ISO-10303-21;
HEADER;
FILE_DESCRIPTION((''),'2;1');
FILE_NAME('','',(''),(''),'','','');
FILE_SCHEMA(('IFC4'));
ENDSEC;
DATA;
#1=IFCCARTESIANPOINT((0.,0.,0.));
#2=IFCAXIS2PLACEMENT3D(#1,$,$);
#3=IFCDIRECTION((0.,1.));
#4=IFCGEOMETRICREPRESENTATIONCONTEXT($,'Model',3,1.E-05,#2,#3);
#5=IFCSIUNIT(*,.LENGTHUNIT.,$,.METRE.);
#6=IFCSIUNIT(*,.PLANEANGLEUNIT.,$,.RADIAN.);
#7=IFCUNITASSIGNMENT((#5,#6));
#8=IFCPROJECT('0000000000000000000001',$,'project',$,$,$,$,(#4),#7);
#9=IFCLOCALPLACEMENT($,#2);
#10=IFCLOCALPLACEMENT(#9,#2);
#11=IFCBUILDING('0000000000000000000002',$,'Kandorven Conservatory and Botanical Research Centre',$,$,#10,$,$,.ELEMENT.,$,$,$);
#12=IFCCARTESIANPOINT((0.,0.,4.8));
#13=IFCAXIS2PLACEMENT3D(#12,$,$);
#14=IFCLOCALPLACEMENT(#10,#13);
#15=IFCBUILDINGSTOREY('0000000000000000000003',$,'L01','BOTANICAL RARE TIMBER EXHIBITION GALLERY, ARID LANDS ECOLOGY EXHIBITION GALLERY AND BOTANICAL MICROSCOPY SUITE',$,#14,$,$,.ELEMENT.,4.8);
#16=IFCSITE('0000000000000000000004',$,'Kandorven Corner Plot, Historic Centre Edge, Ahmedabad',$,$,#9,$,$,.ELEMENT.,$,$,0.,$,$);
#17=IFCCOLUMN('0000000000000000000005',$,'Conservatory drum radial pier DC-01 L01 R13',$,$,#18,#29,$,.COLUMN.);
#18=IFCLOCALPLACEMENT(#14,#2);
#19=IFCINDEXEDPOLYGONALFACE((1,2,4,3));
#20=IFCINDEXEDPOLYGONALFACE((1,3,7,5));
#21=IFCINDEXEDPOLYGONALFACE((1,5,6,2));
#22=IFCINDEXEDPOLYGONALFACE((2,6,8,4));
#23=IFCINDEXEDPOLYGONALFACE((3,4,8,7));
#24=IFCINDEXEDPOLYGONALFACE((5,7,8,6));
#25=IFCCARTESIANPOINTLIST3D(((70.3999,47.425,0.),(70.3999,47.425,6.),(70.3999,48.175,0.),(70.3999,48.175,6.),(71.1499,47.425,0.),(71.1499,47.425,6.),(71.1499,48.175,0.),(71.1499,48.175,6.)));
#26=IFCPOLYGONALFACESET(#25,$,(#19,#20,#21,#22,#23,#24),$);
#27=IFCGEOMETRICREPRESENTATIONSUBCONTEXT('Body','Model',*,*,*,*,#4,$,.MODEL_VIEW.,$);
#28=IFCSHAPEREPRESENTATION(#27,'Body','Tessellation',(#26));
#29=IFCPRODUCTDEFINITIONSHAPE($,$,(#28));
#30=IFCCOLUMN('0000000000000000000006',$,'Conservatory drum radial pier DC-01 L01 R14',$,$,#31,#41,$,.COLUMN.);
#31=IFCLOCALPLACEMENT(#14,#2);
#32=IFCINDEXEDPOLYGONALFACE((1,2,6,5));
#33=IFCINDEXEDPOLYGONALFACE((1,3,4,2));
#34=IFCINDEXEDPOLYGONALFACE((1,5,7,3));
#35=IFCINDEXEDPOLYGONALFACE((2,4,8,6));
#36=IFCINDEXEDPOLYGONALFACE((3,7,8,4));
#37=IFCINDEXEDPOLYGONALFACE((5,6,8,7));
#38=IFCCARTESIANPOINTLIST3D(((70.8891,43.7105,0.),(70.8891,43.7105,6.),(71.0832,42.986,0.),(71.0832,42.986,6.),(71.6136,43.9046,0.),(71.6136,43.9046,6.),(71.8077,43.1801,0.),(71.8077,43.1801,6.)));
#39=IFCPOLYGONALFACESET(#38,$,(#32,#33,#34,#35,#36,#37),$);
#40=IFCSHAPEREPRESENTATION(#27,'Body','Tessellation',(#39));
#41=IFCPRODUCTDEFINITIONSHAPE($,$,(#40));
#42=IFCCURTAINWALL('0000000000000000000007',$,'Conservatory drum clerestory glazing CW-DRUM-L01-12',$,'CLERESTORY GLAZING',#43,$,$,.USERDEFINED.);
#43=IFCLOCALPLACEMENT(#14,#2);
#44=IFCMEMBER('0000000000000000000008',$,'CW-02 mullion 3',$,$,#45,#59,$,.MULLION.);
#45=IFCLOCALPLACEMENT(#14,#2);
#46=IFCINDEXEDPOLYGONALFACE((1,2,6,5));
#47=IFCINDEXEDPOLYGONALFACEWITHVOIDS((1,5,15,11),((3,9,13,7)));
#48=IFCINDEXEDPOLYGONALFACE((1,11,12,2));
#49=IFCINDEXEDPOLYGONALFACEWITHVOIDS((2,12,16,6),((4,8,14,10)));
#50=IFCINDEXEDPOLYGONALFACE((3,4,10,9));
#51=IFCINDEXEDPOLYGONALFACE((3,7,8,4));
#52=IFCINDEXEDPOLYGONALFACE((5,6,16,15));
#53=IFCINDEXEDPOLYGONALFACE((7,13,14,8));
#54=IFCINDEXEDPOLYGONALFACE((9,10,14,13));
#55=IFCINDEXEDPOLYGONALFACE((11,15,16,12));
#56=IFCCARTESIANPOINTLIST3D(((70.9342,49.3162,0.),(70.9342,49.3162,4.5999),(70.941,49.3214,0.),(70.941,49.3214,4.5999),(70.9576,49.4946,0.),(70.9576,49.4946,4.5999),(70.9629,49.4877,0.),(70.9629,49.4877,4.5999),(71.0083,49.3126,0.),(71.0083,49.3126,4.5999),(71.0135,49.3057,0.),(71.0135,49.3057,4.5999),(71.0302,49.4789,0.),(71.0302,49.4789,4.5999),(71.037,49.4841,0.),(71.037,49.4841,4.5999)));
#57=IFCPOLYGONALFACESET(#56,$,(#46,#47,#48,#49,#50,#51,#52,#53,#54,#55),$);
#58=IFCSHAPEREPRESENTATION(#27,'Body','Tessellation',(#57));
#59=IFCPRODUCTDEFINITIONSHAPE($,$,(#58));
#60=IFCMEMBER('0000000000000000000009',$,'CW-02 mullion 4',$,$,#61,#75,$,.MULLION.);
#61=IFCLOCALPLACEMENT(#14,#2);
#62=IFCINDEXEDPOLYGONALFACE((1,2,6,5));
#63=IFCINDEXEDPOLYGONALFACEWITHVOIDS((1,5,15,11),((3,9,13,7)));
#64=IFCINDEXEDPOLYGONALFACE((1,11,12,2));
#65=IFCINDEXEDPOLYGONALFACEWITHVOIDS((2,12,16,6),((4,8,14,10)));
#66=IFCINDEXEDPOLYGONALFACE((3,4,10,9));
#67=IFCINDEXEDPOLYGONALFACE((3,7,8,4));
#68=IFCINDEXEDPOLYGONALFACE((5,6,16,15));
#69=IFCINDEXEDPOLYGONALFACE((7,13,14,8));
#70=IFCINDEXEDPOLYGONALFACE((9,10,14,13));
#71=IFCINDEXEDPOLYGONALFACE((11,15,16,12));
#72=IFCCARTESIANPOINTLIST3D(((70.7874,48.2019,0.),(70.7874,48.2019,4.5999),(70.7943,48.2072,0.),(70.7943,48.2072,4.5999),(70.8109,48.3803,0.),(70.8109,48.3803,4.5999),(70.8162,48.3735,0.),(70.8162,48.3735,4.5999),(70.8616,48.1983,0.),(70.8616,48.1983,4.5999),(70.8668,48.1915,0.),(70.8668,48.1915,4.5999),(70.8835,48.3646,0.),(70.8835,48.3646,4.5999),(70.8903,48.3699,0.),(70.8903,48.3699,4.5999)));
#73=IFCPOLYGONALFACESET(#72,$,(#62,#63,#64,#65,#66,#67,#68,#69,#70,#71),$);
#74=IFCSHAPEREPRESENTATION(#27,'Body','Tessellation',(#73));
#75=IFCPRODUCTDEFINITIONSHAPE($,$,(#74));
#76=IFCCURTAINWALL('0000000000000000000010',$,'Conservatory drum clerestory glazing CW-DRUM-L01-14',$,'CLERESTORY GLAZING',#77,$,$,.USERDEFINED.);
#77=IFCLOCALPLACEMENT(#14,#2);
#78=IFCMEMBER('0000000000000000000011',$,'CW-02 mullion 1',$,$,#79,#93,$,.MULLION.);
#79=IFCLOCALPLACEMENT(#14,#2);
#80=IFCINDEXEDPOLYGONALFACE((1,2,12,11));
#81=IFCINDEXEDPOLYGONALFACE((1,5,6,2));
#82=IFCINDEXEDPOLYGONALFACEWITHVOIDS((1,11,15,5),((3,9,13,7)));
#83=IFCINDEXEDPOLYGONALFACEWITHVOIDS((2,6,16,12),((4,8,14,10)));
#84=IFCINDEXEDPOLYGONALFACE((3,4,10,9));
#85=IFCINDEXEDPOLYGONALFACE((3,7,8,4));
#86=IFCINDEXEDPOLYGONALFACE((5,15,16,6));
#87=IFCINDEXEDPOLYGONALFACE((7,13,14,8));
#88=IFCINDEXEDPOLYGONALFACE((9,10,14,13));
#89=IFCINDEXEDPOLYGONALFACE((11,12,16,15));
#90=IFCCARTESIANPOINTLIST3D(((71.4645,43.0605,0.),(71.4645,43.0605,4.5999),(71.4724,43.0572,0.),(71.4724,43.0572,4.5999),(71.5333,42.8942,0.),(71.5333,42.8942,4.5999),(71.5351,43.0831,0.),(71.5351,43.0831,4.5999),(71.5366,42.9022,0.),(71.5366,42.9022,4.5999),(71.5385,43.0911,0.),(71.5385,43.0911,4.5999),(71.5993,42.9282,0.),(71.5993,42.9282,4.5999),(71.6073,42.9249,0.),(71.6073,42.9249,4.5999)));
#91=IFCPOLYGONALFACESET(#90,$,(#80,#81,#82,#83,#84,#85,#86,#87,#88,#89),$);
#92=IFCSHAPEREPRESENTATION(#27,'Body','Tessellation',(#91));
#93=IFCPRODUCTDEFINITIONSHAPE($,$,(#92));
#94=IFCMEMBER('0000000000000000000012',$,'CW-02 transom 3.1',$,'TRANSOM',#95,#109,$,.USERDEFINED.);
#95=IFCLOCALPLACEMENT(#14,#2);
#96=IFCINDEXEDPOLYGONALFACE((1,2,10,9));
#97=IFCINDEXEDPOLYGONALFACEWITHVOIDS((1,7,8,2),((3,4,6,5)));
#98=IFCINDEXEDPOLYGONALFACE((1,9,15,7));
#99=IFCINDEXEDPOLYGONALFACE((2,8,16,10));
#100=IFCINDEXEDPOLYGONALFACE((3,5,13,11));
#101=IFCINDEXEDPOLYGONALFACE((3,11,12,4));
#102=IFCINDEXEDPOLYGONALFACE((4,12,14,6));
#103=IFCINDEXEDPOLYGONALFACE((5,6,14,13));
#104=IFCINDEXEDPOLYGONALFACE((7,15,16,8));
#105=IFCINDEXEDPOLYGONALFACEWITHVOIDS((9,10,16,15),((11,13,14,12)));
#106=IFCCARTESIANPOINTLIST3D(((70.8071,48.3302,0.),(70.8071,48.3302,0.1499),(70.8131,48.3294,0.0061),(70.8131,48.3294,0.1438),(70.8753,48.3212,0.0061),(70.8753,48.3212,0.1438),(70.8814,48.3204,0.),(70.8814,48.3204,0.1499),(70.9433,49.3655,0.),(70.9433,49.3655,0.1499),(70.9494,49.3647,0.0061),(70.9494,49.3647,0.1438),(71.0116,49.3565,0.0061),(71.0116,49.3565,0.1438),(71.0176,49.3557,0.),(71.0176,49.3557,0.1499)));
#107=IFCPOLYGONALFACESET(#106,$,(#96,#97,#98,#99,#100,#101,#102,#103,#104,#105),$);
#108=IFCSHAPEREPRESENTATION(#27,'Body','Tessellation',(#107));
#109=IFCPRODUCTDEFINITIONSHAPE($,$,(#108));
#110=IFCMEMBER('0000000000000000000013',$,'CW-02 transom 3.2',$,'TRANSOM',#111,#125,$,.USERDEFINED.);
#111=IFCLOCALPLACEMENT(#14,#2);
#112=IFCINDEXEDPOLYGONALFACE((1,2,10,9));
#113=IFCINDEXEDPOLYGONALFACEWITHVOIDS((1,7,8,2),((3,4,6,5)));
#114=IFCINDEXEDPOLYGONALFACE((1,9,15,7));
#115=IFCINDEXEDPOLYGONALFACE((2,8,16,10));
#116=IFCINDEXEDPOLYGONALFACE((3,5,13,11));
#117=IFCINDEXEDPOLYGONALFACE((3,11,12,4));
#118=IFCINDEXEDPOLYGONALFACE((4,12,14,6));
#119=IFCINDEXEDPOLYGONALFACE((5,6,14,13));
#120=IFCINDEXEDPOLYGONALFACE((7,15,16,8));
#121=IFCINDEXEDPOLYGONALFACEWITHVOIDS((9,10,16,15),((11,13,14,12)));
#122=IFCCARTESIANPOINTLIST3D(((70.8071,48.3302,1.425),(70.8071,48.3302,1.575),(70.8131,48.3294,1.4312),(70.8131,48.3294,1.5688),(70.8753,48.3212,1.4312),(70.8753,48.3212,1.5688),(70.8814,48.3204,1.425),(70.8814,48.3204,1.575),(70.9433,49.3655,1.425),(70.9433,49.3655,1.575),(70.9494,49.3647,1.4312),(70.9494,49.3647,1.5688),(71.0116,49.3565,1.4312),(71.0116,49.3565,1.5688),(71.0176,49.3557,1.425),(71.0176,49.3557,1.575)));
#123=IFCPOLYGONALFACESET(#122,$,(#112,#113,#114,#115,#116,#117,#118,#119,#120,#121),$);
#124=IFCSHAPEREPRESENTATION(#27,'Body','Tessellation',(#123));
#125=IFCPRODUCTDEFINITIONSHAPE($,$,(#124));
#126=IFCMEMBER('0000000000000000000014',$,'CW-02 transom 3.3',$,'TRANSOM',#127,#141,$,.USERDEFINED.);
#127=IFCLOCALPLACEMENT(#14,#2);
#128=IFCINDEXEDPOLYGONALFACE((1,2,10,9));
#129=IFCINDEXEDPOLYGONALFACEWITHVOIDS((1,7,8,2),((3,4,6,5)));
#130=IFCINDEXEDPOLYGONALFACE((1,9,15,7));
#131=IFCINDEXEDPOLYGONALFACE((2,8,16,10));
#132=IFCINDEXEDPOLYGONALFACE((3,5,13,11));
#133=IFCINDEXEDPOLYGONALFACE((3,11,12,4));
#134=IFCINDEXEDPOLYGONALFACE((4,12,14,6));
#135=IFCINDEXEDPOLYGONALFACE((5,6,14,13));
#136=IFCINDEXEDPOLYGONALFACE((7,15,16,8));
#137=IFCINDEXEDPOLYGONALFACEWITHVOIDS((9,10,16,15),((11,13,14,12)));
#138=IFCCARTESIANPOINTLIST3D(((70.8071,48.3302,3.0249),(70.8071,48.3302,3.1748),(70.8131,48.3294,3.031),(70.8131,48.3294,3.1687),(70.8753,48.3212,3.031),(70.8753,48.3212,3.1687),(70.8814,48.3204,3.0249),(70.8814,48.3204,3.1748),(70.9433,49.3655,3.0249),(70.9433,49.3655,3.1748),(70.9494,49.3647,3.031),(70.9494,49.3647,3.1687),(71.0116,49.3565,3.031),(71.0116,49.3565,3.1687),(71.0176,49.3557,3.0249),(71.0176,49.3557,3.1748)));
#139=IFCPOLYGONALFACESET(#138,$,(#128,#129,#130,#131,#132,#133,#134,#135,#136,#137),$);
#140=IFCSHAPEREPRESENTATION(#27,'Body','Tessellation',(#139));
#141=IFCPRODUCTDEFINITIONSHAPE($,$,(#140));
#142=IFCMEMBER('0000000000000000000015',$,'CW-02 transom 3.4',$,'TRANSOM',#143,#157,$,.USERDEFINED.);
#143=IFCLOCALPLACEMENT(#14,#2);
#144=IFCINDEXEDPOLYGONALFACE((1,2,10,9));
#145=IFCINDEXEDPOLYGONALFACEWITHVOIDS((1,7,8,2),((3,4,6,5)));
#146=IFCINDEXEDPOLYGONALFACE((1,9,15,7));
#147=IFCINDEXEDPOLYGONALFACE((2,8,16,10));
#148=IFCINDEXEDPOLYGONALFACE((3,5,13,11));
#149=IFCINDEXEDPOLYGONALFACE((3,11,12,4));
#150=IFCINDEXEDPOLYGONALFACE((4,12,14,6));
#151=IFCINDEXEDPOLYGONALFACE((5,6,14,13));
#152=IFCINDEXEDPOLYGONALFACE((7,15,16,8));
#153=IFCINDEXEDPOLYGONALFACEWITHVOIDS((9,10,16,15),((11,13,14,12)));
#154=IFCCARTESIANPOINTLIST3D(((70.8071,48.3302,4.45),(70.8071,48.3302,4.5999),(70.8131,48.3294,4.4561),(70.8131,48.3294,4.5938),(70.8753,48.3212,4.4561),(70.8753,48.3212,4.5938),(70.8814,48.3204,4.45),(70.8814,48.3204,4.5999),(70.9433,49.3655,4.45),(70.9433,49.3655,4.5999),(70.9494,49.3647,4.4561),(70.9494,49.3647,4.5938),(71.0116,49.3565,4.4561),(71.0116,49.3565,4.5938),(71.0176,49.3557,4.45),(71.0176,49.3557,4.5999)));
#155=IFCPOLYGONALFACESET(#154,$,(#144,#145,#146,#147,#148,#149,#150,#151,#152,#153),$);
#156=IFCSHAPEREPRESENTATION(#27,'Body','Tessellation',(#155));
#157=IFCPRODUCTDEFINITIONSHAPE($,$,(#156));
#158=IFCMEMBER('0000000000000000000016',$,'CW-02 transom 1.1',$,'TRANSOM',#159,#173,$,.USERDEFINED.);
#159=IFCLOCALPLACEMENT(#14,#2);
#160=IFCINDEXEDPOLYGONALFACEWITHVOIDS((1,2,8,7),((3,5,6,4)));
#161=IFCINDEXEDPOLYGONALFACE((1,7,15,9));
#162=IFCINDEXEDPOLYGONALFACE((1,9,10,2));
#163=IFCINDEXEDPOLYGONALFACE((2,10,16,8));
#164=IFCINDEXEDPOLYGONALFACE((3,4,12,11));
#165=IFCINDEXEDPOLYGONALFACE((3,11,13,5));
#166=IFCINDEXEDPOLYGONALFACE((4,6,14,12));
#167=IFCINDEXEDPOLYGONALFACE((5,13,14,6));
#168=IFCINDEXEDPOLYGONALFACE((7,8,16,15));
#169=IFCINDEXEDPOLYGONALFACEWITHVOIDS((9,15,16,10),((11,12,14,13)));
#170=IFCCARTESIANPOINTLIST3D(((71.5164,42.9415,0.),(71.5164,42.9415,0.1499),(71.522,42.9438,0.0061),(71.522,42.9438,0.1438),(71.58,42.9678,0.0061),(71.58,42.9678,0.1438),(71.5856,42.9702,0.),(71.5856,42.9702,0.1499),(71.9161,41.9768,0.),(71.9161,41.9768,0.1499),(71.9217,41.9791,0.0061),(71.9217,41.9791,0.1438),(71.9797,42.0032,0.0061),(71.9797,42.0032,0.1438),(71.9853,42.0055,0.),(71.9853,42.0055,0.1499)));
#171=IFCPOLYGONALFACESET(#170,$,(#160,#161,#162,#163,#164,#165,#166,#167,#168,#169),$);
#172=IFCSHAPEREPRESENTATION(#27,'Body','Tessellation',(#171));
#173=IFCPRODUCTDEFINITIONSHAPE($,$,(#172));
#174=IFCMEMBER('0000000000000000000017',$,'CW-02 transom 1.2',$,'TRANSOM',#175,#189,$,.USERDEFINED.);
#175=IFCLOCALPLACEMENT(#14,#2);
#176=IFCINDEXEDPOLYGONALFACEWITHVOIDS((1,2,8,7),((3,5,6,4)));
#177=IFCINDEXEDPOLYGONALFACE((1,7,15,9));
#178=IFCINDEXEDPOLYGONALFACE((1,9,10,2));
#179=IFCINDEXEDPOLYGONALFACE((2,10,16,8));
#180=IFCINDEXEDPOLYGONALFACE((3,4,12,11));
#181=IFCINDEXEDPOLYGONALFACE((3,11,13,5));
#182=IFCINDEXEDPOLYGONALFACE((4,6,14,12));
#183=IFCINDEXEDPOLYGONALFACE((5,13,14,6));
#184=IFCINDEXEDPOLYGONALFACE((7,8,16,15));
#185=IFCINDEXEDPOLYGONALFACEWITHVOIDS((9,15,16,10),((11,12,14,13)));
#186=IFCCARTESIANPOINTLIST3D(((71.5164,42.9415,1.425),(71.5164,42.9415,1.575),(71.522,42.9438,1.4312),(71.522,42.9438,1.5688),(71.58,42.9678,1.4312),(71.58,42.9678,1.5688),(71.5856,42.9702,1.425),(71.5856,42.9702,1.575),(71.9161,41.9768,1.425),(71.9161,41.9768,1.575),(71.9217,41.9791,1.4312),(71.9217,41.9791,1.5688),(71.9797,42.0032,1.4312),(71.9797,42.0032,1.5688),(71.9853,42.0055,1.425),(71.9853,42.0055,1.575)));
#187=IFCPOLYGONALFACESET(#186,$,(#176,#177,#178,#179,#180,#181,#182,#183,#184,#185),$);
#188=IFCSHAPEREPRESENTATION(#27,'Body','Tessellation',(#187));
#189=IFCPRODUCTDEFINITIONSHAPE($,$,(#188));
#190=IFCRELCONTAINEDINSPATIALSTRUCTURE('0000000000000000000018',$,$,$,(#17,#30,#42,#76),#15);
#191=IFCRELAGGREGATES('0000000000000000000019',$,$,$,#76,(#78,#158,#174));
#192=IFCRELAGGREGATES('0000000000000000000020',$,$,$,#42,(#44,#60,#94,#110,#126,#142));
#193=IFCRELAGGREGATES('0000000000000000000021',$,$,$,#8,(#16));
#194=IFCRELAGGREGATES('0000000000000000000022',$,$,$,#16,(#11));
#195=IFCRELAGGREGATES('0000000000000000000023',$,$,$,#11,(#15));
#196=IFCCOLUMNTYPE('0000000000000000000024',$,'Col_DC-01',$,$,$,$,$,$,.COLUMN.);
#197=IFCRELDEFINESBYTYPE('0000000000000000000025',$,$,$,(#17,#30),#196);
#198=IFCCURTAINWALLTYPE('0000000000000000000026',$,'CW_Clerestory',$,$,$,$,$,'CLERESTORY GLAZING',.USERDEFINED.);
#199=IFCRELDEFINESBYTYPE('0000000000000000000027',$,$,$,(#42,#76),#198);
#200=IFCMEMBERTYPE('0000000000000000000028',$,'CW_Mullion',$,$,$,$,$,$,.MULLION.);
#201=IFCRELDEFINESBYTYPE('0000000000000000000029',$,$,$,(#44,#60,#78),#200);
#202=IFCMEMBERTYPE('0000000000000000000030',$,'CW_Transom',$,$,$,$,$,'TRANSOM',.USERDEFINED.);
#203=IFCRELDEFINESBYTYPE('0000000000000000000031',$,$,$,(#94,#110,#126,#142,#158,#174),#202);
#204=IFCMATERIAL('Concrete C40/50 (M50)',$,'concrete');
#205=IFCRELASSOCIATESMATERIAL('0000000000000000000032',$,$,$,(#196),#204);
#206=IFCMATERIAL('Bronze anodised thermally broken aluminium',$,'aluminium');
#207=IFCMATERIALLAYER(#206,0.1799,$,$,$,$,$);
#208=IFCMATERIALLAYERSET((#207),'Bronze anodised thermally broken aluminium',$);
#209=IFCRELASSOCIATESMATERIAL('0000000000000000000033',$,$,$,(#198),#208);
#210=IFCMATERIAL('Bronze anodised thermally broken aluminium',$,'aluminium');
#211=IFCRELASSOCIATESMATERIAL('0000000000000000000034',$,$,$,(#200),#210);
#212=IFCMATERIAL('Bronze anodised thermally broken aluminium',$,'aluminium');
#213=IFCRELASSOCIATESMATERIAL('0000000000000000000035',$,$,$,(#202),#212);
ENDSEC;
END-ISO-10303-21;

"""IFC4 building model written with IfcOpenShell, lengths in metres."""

from ifc_helpers import new_model, si_unit, direction, frame, origin, origin_2d, place, context, subcontext, project, spatial, rectangle, hollow_rectangle, extrude, material, layer, layer_set, material_profile, profile_set, type_object, element, aggregate, save


model = new_model("IFC4")

# Units and contexts
model_context = context("Model", 3, precision=1e-05, world=origin(), true_north=direction((0.0, 1.0)))
body_context = subcontext(model_context, "Body", "Model", "MODEL_VIEW")
ifc_project = project(units=[si_unit("LENGTHUNIT", "METRE"), si_unit("PLANEANGLEUNIT", "RADIAN")], contexts=[model_context])

# Site, building, storey
site_placement = place(None, origin())
site = spatial("IfcSite", under=ifc_project, at=site_placement, Name="Kandorven Corner Plot, Historic Centre Edge, Ahmedabad", CompositionType="ELEMENT", RefElevation=0.0)
building_placement = place(site_placement, origin())
building = spatial("IfcBuilding", under=site, at=building_placement, Name="Kandorven Conservatory and Botanical Research Centre", CompositionType="ELEMENT")
storey_placement = place(building_placement, frame((0.0, 0.0, 4.8)))
storey = spatial("IfcBuildingStorey", under=building, at=storey_placement, Name="L01", Description="BOTANICAL RARE TIMBER EXHIBITION GALLERY, ARID LANDS ECOLOGY EXHIBITION GALLERY AND BOTANICAL MICROSCOPY SUITE", CompositionType="ELEMENT", Elevation=4.8)

# Columns
ifc_material_1 = material(Name="Concrete C40/50 (M50)", Category="concrete")
ifc_material_profile_1 = material_profile(ifc_material_1, rectangle(XDim=0.75, YDim=0.75, at=origin_2d()))
ifc_profile_set_1 = profile_set([ifc_material_profile_1], Name="Concrete C40/50 (M50)")
column_type = type_object("IfcColumnType", Name="Col_DC-01", PredefinedType="COLUMN", material=ifc_profile_set_1)
for number, where, z_axis, x_axis, name in (
    (1, (70.7749, 47.8, 0.0), (0.0, 0.0, 1.0), (-1.0, 0.0, 0.0), "Conservatory drum radial pier DC-01 L01 R13"),
    (2, (71.3484, 43.4453, 0.0), (0.0, 0.0, 1.0), (-0.965926, -0.258819, 0.0), "Conservatory drum radial pier DC-01 L01 R14"),
):
    element("IfcColumn", number, at=place(storey_placement, frame(where, z_axis=z_axis, x_axis=x_axis)), inside=storey, type_object=column_type, Name=name, PredefinedType="COLUMN", context=body_context, shape_type="SweptSolid", body=[
        extrude(rectangle(XDim=0.75, YDim=0.75, at=origin_2d()), origin(), (0.0, 0.0, 1.0), 6.0),
    ])

# Curtain wall, members
ifc_material_2 = material(Name="Bronze anodised thermally broken aluminium", Category="aluminium")
ifc_layer_1 = layer(ifc_material_2, 0.1799)
ifc_layer_set_1 = layer_set([ifc_layer_1], Name="Bronze anodised thermally broken aluminium")
curtain_wall_type = type_object("IfcCurtainWallType", Name="CW_Clerestory", ElementType="CLERESTORY GLAZING", PredefinedType="USERDEFINED", material=ifc_layer_set_1)
curtain_wall_1_placement = place(storey_placement, origin())
curtain_wall_1 = element("IfcCurtainWall", 3, at=curtain_wall_1_placement, inside=storey, type_object=curtain_wall_type, Name="Conservatory drum clerestory glazing CW-DRUM-L01-12", ObjectType="CLERESTORY GLAZING", PredefinedType="USERDEFINED")
ifc_material_3 = material(Name="Bronze anodised thermally broken aluminium", Category="aluminium")
ifc_material_profile_2 = material_profile(ifc_material_3, hollow_rectangle(XDim=0.0801, YDim=0.1799, WallThickness=0.0061, at=origin_2d()))
ifc_profile_set_2 = profile_set([ifc_material_profile_2], Name="Bronze anodised thermally broken aluminium")
member_type_1 = type_object("IfcMemberType", Name="CW_Mullion", PredefinedType="MULLION", material=ifc_profile_set_2)
member_1_placement = place(storey_placement, frame((70.9856, 49.4001, 0.0), z_axis=(0.0, 0.0, 1.0), x_axis=(0.991441, -0.130552, 0.0)))
member_1 = element("IfcMember", 4, at=member_1_placement, type_object=member_type_1, Name="CW-02 mullion 3", PredefinedType="MULLION", context=body_context, shape_type="SweptSolid", body=[
    extrude(hollow_rectangle(XDim=0.0801, YDim=0.1799, WallThickness=0.0061, at=origin_2d()), origin(), (0.0, 0.0, 1.0), 4.5999),
])
member_2_placement = place(storey_placement, frame((70.8389, 48.2859, 0.0), z_axis=(0.0, 0.0, 1.0), x_axis=(0.991441, -0.130552, 0.0)))
member_2 = element("IfcMember", 5, at=member_2_placement, type_object=member_type_1, Name="CW-02 mullion 4", PredefinedType="MULLION", context=body_context, shape_type="SweptSolid", body=[
    extrude(hollow_rectangle(XDim=0.0801, YDim=0.1799, WallThickness=0.0061, at=origin_2d()), origin(), (0.0, 0.0, 1.0), 4.5999),
])

# Curtain wall, member
curtain_wall_2_placement = place(storey_placement, origin())
curtain_wall_2 = element("IfcCurtainWall", 6, at=curtain_wall_2_placement, inside=storey, type_object=curtain_wall_type, Name="Conservatory drum clerestory glazing CW-DRUM-L01-14", ObjectType="CLERESTORY GLAZING", PredefinedType="USERDEFINED")
member_3_placement = place(storey_placement, frame((71.5359, 42.9927, 0.0), z_axis=(0.0, 0.0, 1.0), x_axis=(0.923886, 0.382669, 0.0)))
member_3 = element("IfcMember", 7, at=member_3_placement, type_object=member_type_1, Name="CW-02 mullion 1", PredefinedType="MULLION", context=body_context, shape_type="SweptSolid", body=[
    extrude(hollow_rectangle(XDim=0.0801, YDim=0.1799, WallThickness=0.0061, at=origin_2d()), origin(), (0.0, 0.0, 1.0), 4.5999),
])

# Members
ifc_material_4 = material(Name="Bronze anodised thermally broken aluminium", Category="aluminium")
ifc_material_profile_3 = material_profile(ifc_material_4, hollow_rectangle(XDim=0.075, YDim=0.1499, WallThickness=0.0061, at=origin_2d()))
ifc_profile_set_3 = profile_set([ifc_material_profile_3], Name="Bronze anodised thermally broken aluminium")
member_type_2 = type_object("IfcMemberType", Name="CW_Transom", ElementType="TRANSOM", PredefinedType="USERDEFINED", material=ifc_profile_set_3)
member_4_placement = place(storey_placement, frame((70.9805, 49.3606, 0.075), z_axis=(-0.130479, -0.991451, 0.0), x_axis=(0.991451, -0.130479, 0.0)))
member_4 = element("IfcMember", 8, at=member_4_placement, type_object=member_type_2, Name="CW-02 transom 3.1", ObjectType="TRANSOM", PredefinedType="USERDEFINED", context=body_context, shape_type="SweptSolid", body=[
    extrude(hollow_rectangle(XDim=0.075, YDim=0.1499, WallThickness=0.0061, at=origin_2d()), origin(), (0.0, 0.0, 1.0), 1.0442),
])
member_5_placement = place(storey_placement, frame((70.9805, 49.3606, 1.5), z_axis=(-0.130479, -0.991451, 0.0), x_axis=(0.991451, -0.130479, 0.0)))
member_5 = element("IfcMember", 9, at=member_5_placement, type_object=member_type_2, Name="CW-02 transom 3.2", ObjectType="TRANSOM", PredefinedType="USERDEFINED", context=body_context, shape_type="SweptSolid", body=[
    extrude(hollow_rectangle(XDim=0.075, YDim=0.1499, WallThickness=0.0061, at=origin_2d()), origin(), (0.0, 0.0, 1.0), 1.0442),
])
member_6_placement = place(storey_placement, frame((70.9805, 49.3606, 3.0999), z_axis=(-0.130479, -0.991451, 0.0), x_axis=(0.991451, -0.130479, 0.0)))
member_6 = element("IfcMember", 10, at=member_6_placement, type_object=member_type_2, Name="CW-02 transom 3.3", ObjectType="TRANSOM", PredefinedType="USERDEFINED", context=body_context, shape_type="SweptSolid", body=[
    extrude(hollow_rectangle(XDim=0.075, YDim=0.1499, WallThickness=0.0061, at=origin_2d()), origin(), (0.0, 0.0, 1.0), 1.0442),
])
member_7_placement = place(storey_placement, frame((70.9805, 49.3606, 4.5249), z_axis=(-0.130479, -0.991451, 0.0), x_axis=(0.991451, -0.130479, 0.0)))
member_7 = element("IfcMember", 11, at=member_7_placement, type_object=member_type_2, Name="CW-02 transom 3.4", ObjectType="TRANSOM", PredefinedType="USERDEFINED", context=body_context, shape_type="SweptSolid", body=[
    extrude(hollow_rectangle(XDim=0.075, YDim=0.1499, WallThickness=0.0061, at=origin_2d()), origin(), (0.0, 0.0, 1.0), 1.0442),
])
member_8_placement = place(storey_placement, frame((71.551, 42.9558, 0.075), z_axis=(0.382772, -0.923843, 0.0), x_axis=(0.923843, 0.382772, 0.0)))
member_8 = element("IfcMember", 12, at=member_8_placement, type_object=member_type_2, Name="CW-02 transom 1.1", ObjectType="TRANSOM", PredefinedType="USERDEFINED", context=body_context, shape_type="SweptSolid", body=[
    extrude(hollow_rectangle(XDim=0.075, YDim=0.1499, WallThickness=0.0061, at=origin_2d()), origin(), (0.0, 0.0, 1.0), 1.0442),
])
member_9_placement = place(storey_placement, frame((71.551, 42.9558, 1.5), z_axis=(0.382772, -0.923843, 0.0), x_axis=(0.923843, 0.382772, 0.0)))
member_9 = element("IfcMember", 13, at=member_9_placement, type_object=member_type_2, Name="CW-02 transom 1.2", ObjectType="TRANSOM", PredefinedType="USERDEFINED", context=body_context, shape_type="SweptSolid", body=[
    extrude(hollow_rectangle(XDim=0.075, YDim=0.1499, WallThickness=0.0061, at=origin_2d()), origin(), (0.0, 0.0, 1.0), 1.0442),
])
aggregate(curtain_wall_2, [member_3, member_8, member_9])

aggregate(curtain_wall_1, [member_1, member_2, member_4, member_5, member_6, member_7])

save(model, "model.ifc")
